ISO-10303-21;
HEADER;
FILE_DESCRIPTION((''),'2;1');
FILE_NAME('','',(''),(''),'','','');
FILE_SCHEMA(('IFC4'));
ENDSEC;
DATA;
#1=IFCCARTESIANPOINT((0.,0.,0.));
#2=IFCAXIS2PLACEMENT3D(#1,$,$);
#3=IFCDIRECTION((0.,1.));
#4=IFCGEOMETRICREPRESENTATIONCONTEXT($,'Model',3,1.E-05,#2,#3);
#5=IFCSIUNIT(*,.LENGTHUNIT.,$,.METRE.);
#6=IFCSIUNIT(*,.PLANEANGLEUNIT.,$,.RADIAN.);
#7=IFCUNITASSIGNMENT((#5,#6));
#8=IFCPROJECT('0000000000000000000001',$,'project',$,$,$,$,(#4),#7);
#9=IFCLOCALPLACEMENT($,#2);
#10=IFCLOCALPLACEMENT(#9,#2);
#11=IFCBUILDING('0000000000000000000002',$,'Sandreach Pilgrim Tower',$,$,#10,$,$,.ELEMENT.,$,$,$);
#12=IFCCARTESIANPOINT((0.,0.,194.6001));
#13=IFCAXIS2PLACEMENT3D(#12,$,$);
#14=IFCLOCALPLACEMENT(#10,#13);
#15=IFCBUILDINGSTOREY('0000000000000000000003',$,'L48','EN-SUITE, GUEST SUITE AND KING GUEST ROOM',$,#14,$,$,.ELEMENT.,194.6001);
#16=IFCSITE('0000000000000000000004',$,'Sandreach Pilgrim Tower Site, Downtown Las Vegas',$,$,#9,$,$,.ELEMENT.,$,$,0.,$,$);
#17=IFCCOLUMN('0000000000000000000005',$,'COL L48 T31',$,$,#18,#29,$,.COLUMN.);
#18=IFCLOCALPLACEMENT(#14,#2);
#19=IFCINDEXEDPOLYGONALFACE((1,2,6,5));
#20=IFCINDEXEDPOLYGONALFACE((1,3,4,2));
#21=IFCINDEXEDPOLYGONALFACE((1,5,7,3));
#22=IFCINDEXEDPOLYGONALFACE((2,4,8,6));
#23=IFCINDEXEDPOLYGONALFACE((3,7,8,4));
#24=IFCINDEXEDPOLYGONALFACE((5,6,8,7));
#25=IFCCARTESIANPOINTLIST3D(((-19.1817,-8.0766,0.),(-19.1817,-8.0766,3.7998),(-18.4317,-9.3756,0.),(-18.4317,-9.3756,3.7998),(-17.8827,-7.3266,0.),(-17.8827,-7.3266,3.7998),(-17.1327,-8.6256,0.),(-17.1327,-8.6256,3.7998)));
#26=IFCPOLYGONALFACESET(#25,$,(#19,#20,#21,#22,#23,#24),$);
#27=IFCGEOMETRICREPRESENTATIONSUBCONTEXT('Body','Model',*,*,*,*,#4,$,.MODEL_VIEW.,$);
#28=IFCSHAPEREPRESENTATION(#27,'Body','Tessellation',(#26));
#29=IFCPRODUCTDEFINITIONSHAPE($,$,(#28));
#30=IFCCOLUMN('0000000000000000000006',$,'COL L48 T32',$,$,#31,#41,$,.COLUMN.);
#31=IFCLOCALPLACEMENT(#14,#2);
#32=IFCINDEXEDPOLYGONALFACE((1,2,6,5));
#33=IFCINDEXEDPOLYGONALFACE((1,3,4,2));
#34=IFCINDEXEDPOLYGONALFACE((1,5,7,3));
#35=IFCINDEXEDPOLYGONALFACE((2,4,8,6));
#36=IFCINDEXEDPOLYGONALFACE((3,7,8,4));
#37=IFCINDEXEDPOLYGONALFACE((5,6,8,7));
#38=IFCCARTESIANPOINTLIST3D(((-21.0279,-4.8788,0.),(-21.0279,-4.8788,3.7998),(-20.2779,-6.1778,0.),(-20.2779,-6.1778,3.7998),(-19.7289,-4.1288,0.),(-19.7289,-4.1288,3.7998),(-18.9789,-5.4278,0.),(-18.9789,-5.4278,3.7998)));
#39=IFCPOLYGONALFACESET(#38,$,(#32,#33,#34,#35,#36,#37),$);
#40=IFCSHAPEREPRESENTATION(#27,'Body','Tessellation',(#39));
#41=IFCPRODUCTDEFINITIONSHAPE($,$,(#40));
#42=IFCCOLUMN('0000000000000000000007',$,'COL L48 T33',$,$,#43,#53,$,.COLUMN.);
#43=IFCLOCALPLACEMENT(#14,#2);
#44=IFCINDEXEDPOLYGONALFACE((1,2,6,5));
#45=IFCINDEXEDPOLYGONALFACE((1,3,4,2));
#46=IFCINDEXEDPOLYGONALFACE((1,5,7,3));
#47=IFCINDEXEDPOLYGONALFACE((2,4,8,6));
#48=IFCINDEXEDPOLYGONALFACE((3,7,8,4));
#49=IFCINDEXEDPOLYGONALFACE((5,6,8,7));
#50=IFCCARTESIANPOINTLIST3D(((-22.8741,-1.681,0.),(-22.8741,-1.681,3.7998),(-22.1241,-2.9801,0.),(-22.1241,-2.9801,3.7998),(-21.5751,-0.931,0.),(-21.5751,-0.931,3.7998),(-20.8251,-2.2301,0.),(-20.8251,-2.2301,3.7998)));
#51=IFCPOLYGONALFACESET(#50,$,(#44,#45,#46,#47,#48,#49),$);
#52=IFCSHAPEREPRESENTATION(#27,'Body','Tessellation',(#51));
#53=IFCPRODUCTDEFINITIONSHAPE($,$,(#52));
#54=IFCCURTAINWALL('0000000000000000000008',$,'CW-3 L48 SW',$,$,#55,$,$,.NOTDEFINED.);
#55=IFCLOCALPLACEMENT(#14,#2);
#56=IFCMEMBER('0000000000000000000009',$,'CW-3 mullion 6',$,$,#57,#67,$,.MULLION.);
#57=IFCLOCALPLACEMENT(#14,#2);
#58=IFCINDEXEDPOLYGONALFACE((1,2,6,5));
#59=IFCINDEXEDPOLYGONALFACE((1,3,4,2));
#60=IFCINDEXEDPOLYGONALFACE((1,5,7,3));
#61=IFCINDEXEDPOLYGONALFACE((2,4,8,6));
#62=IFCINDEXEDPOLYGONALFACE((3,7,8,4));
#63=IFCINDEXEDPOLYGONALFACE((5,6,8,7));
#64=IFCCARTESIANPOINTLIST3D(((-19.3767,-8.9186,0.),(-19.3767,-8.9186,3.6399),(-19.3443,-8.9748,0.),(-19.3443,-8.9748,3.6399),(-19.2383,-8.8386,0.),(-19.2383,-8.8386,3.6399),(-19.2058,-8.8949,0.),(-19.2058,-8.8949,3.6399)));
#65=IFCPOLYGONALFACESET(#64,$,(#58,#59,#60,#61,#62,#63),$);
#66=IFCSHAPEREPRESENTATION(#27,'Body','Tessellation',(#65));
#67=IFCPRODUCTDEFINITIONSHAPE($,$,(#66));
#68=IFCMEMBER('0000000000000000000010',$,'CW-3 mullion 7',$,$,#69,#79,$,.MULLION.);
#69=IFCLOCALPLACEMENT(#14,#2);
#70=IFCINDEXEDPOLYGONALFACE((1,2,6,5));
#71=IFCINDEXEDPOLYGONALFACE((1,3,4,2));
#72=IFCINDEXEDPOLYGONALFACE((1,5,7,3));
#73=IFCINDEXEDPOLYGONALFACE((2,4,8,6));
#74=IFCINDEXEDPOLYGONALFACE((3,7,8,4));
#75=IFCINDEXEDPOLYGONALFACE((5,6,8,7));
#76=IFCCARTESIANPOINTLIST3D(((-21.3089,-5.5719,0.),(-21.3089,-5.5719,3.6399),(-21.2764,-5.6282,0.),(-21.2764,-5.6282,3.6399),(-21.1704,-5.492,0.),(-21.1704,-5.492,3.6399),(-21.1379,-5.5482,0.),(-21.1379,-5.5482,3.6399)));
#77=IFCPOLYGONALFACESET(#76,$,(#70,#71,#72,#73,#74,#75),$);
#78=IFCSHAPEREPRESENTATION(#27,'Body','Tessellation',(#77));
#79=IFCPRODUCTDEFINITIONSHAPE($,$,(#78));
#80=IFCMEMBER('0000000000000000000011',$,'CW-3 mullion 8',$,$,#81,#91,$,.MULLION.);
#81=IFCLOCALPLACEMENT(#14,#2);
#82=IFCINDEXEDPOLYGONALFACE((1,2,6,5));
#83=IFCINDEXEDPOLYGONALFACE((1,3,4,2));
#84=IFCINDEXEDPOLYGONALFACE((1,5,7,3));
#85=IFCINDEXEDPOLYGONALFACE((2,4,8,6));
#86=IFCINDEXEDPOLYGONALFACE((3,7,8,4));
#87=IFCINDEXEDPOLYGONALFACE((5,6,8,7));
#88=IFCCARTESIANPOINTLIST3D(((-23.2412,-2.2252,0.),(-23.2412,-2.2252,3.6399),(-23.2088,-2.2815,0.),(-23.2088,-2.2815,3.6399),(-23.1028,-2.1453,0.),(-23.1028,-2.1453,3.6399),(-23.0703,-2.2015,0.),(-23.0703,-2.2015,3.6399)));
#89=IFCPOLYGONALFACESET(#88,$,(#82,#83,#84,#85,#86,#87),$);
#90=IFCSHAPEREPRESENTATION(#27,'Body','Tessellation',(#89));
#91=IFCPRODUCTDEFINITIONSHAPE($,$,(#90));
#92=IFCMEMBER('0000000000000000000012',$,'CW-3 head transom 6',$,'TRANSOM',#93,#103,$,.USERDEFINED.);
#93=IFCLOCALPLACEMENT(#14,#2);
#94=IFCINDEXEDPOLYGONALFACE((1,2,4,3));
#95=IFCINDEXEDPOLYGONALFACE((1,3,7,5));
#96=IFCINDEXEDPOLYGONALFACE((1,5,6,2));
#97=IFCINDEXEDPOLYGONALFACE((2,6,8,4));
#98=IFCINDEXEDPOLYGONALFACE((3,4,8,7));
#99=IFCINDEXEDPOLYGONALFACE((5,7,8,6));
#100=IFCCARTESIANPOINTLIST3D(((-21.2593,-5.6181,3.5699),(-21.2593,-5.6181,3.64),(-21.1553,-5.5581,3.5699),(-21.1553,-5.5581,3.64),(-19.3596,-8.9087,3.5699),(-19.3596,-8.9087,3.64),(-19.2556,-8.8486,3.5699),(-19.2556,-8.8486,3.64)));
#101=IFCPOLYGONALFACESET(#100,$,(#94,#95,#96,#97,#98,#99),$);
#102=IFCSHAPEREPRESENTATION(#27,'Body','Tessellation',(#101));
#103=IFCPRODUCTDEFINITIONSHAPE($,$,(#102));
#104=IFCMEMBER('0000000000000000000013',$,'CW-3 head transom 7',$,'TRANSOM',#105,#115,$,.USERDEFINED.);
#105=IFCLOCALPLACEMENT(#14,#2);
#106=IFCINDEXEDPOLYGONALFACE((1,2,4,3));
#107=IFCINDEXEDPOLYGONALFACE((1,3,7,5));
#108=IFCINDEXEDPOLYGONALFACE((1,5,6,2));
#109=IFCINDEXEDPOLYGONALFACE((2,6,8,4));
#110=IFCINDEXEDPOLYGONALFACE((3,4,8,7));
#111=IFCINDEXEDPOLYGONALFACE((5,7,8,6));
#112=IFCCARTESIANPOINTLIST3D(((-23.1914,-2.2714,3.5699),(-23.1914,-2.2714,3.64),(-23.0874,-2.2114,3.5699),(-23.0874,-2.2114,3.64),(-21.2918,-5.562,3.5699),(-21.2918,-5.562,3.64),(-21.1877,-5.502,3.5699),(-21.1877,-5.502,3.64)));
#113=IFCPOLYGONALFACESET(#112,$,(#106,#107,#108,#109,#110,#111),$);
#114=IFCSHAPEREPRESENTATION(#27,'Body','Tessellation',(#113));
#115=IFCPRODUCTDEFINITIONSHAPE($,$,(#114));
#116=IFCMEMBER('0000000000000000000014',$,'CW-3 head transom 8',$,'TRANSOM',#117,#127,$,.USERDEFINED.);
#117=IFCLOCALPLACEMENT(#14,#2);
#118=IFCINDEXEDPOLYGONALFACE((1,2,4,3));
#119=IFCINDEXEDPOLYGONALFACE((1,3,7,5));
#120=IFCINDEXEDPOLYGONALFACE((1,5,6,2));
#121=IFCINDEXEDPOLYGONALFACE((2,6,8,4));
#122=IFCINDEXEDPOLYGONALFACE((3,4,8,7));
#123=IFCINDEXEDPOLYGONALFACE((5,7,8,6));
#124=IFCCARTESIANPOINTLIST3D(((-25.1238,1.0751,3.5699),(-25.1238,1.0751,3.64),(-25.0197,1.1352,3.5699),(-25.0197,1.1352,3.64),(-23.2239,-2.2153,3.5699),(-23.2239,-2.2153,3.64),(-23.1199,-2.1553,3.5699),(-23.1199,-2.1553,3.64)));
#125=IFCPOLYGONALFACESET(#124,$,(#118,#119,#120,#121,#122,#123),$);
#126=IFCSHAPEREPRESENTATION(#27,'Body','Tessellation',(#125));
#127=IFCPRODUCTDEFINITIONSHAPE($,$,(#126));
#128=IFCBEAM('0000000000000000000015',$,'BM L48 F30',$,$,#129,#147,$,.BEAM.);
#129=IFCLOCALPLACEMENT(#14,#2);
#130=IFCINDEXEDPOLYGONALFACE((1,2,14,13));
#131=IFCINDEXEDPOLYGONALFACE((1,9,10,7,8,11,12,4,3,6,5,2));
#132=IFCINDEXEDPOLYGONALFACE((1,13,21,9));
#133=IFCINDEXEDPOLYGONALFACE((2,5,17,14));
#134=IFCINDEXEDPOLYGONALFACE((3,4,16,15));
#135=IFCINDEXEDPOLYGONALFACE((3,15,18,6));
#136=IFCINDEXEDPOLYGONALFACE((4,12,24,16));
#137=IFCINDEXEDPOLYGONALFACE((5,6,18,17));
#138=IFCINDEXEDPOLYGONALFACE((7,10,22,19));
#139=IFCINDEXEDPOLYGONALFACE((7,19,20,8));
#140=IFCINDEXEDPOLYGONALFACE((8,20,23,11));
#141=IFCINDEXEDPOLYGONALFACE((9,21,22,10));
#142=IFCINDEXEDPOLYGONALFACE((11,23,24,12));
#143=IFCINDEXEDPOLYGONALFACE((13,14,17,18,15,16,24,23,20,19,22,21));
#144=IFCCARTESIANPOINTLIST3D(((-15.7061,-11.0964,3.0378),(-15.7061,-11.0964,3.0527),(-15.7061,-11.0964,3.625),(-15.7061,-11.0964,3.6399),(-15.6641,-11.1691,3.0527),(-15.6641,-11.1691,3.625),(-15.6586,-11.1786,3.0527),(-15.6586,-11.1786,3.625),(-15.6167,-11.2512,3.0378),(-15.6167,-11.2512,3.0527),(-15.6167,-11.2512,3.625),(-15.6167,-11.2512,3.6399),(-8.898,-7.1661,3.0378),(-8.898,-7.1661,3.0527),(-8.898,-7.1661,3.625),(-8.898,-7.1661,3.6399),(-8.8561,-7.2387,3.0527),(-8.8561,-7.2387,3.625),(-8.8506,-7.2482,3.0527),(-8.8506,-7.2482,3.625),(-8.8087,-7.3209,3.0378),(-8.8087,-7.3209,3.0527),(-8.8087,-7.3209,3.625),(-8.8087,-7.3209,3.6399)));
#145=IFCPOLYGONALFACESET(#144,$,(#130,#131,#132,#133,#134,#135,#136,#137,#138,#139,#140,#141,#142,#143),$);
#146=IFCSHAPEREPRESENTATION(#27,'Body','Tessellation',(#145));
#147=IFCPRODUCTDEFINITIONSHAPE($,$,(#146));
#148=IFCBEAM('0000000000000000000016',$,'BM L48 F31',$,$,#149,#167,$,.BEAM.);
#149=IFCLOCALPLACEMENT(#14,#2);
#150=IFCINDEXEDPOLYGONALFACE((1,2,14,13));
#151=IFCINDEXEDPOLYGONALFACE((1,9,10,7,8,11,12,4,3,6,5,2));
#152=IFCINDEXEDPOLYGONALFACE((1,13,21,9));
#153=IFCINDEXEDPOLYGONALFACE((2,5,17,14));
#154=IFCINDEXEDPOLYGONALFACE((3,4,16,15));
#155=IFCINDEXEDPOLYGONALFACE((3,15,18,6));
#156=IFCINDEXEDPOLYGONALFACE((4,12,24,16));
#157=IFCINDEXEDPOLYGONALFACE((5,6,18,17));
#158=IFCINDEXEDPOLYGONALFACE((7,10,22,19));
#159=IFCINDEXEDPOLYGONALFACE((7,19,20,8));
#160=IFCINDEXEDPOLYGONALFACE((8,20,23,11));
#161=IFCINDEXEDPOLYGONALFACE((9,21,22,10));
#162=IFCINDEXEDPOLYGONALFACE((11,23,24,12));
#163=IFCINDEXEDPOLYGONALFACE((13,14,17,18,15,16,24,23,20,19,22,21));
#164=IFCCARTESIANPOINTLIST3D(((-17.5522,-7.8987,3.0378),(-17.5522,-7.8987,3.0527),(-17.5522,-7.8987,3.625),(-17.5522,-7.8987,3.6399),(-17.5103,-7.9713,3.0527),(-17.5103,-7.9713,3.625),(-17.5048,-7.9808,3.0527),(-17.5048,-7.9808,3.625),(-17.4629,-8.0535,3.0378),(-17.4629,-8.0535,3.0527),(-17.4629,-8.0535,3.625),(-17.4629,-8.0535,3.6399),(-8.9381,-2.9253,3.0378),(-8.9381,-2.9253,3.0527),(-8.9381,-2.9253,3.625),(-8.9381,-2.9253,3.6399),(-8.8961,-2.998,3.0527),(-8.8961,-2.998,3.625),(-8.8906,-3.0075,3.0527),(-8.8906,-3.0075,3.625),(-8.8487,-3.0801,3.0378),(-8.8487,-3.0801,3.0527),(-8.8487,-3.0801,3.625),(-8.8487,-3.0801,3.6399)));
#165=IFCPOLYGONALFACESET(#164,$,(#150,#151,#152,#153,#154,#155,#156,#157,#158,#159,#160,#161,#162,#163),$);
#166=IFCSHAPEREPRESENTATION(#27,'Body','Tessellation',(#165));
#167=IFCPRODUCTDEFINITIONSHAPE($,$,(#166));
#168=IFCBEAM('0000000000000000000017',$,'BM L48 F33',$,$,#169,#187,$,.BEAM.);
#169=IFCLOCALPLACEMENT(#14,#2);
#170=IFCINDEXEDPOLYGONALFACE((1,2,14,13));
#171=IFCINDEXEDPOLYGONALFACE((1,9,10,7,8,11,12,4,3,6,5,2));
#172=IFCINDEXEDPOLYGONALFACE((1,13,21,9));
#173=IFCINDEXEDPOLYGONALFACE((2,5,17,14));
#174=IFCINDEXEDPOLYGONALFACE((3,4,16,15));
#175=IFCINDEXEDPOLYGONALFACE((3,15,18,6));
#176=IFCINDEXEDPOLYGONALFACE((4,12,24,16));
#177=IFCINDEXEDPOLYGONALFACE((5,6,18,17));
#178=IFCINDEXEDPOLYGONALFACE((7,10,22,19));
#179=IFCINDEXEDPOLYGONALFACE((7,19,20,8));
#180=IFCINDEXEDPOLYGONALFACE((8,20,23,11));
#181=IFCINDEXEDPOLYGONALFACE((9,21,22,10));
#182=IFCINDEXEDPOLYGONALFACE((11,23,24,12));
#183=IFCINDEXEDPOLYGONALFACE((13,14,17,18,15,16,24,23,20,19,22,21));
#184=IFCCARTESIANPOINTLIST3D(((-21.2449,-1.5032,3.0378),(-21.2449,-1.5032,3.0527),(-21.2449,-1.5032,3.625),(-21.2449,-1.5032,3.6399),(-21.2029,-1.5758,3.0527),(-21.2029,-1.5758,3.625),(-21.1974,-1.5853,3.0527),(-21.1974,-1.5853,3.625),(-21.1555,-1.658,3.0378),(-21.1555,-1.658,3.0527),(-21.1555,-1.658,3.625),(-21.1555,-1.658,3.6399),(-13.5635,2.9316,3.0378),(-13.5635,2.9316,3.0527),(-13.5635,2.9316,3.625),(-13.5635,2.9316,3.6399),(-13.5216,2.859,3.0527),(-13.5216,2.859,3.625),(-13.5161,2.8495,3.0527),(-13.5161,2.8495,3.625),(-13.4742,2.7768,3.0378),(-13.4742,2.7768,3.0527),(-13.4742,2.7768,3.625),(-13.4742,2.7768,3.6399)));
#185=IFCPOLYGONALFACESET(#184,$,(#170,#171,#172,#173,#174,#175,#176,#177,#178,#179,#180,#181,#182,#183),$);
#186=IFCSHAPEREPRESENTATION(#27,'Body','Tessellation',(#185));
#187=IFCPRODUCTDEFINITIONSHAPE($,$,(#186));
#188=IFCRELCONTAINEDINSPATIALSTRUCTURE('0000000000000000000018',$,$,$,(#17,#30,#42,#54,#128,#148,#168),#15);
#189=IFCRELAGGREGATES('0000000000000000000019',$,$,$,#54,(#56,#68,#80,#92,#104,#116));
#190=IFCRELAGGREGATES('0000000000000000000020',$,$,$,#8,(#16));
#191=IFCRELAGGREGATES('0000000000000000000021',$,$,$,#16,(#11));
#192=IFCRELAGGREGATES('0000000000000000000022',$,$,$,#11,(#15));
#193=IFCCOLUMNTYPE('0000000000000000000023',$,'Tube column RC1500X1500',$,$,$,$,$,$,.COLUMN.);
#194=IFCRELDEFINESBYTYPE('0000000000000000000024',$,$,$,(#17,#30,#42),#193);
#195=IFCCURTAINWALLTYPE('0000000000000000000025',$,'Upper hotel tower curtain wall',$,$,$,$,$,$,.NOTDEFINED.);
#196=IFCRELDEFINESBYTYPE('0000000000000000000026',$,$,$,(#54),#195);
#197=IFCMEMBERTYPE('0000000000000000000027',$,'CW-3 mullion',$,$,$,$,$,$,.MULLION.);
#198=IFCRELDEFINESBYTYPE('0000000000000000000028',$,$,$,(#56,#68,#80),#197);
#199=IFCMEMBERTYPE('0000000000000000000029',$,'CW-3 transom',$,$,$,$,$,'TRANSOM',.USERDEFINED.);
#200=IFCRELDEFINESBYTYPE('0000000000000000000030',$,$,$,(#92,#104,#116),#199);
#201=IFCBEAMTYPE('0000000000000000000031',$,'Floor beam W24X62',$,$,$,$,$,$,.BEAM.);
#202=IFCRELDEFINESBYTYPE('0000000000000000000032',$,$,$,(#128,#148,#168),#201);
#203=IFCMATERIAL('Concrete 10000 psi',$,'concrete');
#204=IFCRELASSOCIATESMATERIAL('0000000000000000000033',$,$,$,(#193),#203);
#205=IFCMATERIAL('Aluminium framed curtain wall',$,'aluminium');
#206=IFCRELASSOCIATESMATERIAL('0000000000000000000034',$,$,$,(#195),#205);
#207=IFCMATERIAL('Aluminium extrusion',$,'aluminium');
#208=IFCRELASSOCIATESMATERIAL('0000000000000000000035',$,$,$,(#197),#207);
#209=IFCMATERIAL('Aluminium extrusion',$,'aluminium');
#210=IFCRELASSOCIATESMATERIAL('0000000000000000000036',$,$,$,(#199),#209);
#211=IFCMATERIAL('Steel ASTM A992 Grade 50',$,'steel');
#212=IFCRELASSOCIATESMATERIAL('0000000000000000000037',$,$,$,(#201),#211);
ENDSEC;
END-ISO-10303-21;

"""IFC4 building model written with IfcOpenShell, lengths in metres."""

from ifc_helpers import new_model, si_unit, direction, frame, origin, origin_2d, place, context, subcontext, project, spatial, rectangle, i_section, extrude, material, material_profile, profile_set, type_object, element, aggregate, save


model = new_model("IFC4")

# Units and contexts
model_context = context("Model", 3, precision=1e-05, world=origin(), true_north=direction((0.0, 1.0)))
body_context = subcontext(model_context, "Body", "Model", "MODEL_VIEW")
ifc_project = project(units=[si_unit("LENGTHUNIT", "METRE"), si_unit("PLANEANGLEUNIT", "RADIAN")], contexts=[model_context])

# Site, building, storey
site_placement = place(None, origin())
site = spatial("IfcSite", under=ifc_project, at=site_placement, Name="Sandreach Pilgrim Tower Site, Downtown Las Vegas", CompositionType="ELEMENT", RefElevation=0.0)
building_placement = place(site_placement, origin())
building = spatial("IfcBuilding", under=site, at=building_placement, Name="Sandreach Pilgrim Tower", CompositionType="ELEMENT")
storey_placement = place(building_placement, frame((0.0, 0.0, 194.6001)))
storey = spatial("IfcBuildingStorey", under=building, at=storey_placement, Name="L48", Description="EN-SUITE, GUEST SUITE AND KING GUEST ROOM", CompositionType="ELEMENT", Elevation=194.6001)

# Columns
ifc_material_1 = material(Name="Concrete 10000 psi", Category="concrete")
ifc_material_profile_1 = material_profile(ifc_material_1, rectangle(XDim=1.5, YDim=1.5, at=origin_2d()), Name="RC1500X1500")
ifc_profile_set_1 = profile_set([ifc_material_profile_1], Name="Concrete 10000 psi")
column_type = type_object("IfcColumnType", Name="Tube column RC1500X1500", PredefinedType="COLUMN", material=ifc_profile_set_1)
for number, where, z_axis, x_axis, name in (
    (1, (-18.1572, -8.3511, 0.0), (0.0, 0.0, 1.0), (-0.866025, -0.5, 0.0), "COL L48 T31"),
    (2, (-20.0034, -5.1533, 0.0), (0.0, 0.0, 1.0), (-0.866025, -0.5, 0.0), "COL L48 T32"),
    (3, (-21.8496, -1.9556, 0.0), (0.0, 0.0, 1.0), (-0.866025, -0.5, 0.0), "COL L48 T33"),
):
    element("IfcColumn", number, at=place(storey_placement, frame(where, z_axis=z_axis, x_axis=x_axis)), inside=storey, type_object=column_type, Name=name, PredefinedType="COLUMN", context=body_context, shape_type="SweptSolid", body=[
        extrude(rectangle(XDim=1.5, YDim=1.5, at=origin_2d()), origin(), (0.0, 0.0, 1.0), 3.7998),
    ])

# Curtain wall, members
ifc_material_2 = material(Name="Aluminium framed curtain wall", Category="aluminium")
curtain_wall_type = type_object("IfcCurtainWallType", Name="Upper hotel tower curtain wall", PredefinedType="NOTDEFINED", material=ifc_material_2)
curtain_wall_placement = place(storey_placement, origin())
curtain_wall = element("IfcCurtainWall", 4, at=curtain_wall_placement, inside=storey, type_object=curtain_wall_type, Name="CW-3 L48 SW", PredefinedType="NOTDEFINED")
ifc_material_3 = material(Name="Aluminium extrusion", Category="aluminium")
ifc_material_profile_2 = material_profile(ifc_material_3, rectangle(XDim=0.0649, YDim=0.1599, at=origin_2d()), Name="CW-3M 65X160")
ifc_profile_set_2 = profile_set([ifc_material_profile_2], Name="Aluminium extrusion")
member_type_1 = type_object("IfcMemberType", Name="CW-3 mullion", PredefinedType="MULLION", material=ifc_profile_set_2)
member_1_placement = place(storey_placement, frame((-19.2913, -8.9067, 0.0), z_axis=(0.0, 0.0, 1.0), x_axis=(-0.5, 0.866025, 0.0)))
member_1 = element("IfcMember", 5, at=member_1_placement, type_object=member_type_1, Name="CW-3 mullion 6", PredefinedType="MULLION", context=body_context, shape_type="SweptSolid", body=[
    extrude(rectangle(XDim=0.0649, YDim=0.1599, at=origin_2d()), origin(), (0.0, 0.0, 1.0), 3.6399),
])
member_2_placement = place(storey_placement, frame((-21.2234, -5.5601, 0.0), z_axis=(0.0, 0.0, 1.0), x_axis=(-0.5, 0.866025, 0.0)))
member_2 = element("IfcMember", 6, at=member_2_placement, type_object=member_type_1, Name="CW-3 mullion 7", PredefinedType="MULLION", context=body_context, shape_type="SweptSolid", body=[
    extrude(rectangle(XDim=0.0649, YDim=0.1599, at=origin_2d()), origin(), (0.0, 0.0, 1.0), 3.6399),
])
member_3_placement = place(storey_placement, frame((-23.1558, -2.2134, 0.0), z_axis=(0.0, 0.0, 1.0), x_axis=(-0.5, 0.866025, 0.0)))
member_3 = element("IfcMember", 7, at=member_3_placement, type_object=member_type_1, Name="CW-3 mullion 8", PredefinedType="MULLION", context=body_context, shape_type="SweptSolid", body=[
    extrude(rectangle(XDim=0.0649, YDim=0.1599, at=origin_2d()), origin(), (0.0, 0.0, 1.0), 3.6399),
])
ifc_material_4 = material(Name="Aluminium extrusion", Category="aluminium")
ifc_material_profile_3 = material_profile(ifc_material_4, rectangle(XDim=0.1201, YDim=0.0701, at=origin_2d()), Name="CW-3T 120X70")
ifc_profile_set_3 = profile_set([ifc_material_profile_3], Name="Aluminium extrusion")
member_type_2 = type_object("IfcMemberType", Name="CW-3 transom", ElementType="TRANSOM", PredefinedType="USERDEFINED", material=ifc_profile_set_3)
member_4_placement = place(storey_placement, frame((-19.3076, -8.8787, 3.605), z_axis=(-0.499975, 0.86604, 0.0), x_axis=(-0.86604, -0.499975, 0.0)))
member_4 = element("IfcMember", 8, at=member_4_placement, type_object=member_type_2, Name="CW-3 head transom 6", ObjectType="TRANSOM", PredefinedType="USERDEFINED", context=body_context, shape_type="SweptSolid", body=[
    extrude(rectangle(XDim=0.1201, YDim=0.0701, at=origin_2d()), origin(), (0.0, 0.0, 1.0), 3.7996),
])
member_5_placement = place(storey_placement, frame((-21.2397, -5.532, 3.605), z_axis=(-0.499975, 0.86604, 0.0), x_axis=(-0.86604, -0.499975, 0.0)))
member_5 = element("IfcMember", 9, at=member_5_placement, type_object=member_type_2, Name="CW-3 head transom 7", ObjectType="TRANSOM", PredefinedType="USERDEFINED", context=body_context, shape_type="SweptSolid", body=[
    extrude(rectangle(XDim=0.1201, YDim=0.0701, at=origin_2d()), origin(), (0.0, 0.0, 1.0), 3.7996),
])
member_6_placement = place(storey_placement, frame((-23.1719, -2.1853, 3.605), z_axis=(-0.500023, 0.866012, 0.0), x_axis=(-0.866012, -0.500023, 0.0)))
member_6 = element("IfcMember", 10, at=member_6_placement, type_object=member_type_2, Name="CW-3 head transom 8", ObjectType="TRANSOM", PredefinedType="USERDEFINED", context=body_context, shape_type="SweptSolid", body=[
    extrude(rectangle(XDim=0.1201, YDim=0.0701, at=origin_2d()), origin(), (0.0, 0.0, 1.0), 3.7996),
])

# Beams
ifc_material_5 = material(Name="Steel ASTM A992 Grade 50", Category="steel")
ifc_material_profile_4 = material_profile(ifc_material_5, i_section(OverallWidth=0.1787, OverallDepth=0.6021, WebThickness=0.011, FlangeThickness=0.0149, at=origin_2d()), Name="W24X62")
ifc_profile_set_4 = profile_set([ifc_material_profile_4], Name="Steel ASTM A992 Grade 50")
beam_type_1 = type_object("IfcBeamType", Name="Floor beam W24X62", PredefinedType="BEAM", material=ifc_profile_set_4)
beam_1_placement = place(storey_placement, frame((-15.6614, -11.1738, 3.3389), z_axis=(0.866039, 0.499977, 0.0), x_axis=(-0.499977, 0.866039, 0.0)))
element("IfcBeam", 11, at=beam_1_placement, inside=storey, type_object=beam_type_1, Name="BM L48 F30", PredefinedType="BEAM", context=body_context, shape_type="SweptSolid", body=[
    extrude(i_section(OverallWidth=0.1787, OverallDepth=0.6021, WebThickness=0.011, FlangeThickness=0.0149, at=origin_2d()), origin(), (0.0, 0.0, 1.0), 7.8611),
])
beam_2_placement = place(storey_placement, frame((-17.5076, -7.9761, 3.3389), z_axis=(0.866028, 0.499996, 0.0), x_axis=(-0.499996, 0.866028, 0.0)))
element("IfcBeam", 12, at=beam_2_placement, inside=storey, type_object=beam_type_1, Name="BM L48 F31", PredefinedType="BEAM", context=body_context, shape_type="SweptSolid", body=[
    extrude(i_section(OverallWidth=0.1787, OverallDepth=0.6021, WebThickness=0.011, FlangeThickness=0.0149, at=origin_2d()), origin(), (0.0, 0.0, 1.0), 9.9468),
])
beam_3_placement = place(storey_placement, frame((-21.2002, -1.5806, 3.3389), z_axis=(0.866027, 0.499996, 0.0), x_axis=(-0.499996, 0.866027, 0.0)))
element("IfcBeam", 13, at=beam_3_placement, inside=storey, type_object=beam_type_1, Name="BM L48 F33", PredefinedType="BEAM", context=body_context, shape_type="SweptSolid", body=[
    extrude(i_section(OverallWidth=0.1787, OverallDepth=0.6021, WebThickness=0.011, FlangeThickness=0.0149, at=origin_2d()), origin(), (0.0, 0.0, 1.0), 8.8696),
])

aggregate(curtain_wall, [member_1, member_2, member_3, member_4, member_5, member_6])

save(model, "model.ifc")
